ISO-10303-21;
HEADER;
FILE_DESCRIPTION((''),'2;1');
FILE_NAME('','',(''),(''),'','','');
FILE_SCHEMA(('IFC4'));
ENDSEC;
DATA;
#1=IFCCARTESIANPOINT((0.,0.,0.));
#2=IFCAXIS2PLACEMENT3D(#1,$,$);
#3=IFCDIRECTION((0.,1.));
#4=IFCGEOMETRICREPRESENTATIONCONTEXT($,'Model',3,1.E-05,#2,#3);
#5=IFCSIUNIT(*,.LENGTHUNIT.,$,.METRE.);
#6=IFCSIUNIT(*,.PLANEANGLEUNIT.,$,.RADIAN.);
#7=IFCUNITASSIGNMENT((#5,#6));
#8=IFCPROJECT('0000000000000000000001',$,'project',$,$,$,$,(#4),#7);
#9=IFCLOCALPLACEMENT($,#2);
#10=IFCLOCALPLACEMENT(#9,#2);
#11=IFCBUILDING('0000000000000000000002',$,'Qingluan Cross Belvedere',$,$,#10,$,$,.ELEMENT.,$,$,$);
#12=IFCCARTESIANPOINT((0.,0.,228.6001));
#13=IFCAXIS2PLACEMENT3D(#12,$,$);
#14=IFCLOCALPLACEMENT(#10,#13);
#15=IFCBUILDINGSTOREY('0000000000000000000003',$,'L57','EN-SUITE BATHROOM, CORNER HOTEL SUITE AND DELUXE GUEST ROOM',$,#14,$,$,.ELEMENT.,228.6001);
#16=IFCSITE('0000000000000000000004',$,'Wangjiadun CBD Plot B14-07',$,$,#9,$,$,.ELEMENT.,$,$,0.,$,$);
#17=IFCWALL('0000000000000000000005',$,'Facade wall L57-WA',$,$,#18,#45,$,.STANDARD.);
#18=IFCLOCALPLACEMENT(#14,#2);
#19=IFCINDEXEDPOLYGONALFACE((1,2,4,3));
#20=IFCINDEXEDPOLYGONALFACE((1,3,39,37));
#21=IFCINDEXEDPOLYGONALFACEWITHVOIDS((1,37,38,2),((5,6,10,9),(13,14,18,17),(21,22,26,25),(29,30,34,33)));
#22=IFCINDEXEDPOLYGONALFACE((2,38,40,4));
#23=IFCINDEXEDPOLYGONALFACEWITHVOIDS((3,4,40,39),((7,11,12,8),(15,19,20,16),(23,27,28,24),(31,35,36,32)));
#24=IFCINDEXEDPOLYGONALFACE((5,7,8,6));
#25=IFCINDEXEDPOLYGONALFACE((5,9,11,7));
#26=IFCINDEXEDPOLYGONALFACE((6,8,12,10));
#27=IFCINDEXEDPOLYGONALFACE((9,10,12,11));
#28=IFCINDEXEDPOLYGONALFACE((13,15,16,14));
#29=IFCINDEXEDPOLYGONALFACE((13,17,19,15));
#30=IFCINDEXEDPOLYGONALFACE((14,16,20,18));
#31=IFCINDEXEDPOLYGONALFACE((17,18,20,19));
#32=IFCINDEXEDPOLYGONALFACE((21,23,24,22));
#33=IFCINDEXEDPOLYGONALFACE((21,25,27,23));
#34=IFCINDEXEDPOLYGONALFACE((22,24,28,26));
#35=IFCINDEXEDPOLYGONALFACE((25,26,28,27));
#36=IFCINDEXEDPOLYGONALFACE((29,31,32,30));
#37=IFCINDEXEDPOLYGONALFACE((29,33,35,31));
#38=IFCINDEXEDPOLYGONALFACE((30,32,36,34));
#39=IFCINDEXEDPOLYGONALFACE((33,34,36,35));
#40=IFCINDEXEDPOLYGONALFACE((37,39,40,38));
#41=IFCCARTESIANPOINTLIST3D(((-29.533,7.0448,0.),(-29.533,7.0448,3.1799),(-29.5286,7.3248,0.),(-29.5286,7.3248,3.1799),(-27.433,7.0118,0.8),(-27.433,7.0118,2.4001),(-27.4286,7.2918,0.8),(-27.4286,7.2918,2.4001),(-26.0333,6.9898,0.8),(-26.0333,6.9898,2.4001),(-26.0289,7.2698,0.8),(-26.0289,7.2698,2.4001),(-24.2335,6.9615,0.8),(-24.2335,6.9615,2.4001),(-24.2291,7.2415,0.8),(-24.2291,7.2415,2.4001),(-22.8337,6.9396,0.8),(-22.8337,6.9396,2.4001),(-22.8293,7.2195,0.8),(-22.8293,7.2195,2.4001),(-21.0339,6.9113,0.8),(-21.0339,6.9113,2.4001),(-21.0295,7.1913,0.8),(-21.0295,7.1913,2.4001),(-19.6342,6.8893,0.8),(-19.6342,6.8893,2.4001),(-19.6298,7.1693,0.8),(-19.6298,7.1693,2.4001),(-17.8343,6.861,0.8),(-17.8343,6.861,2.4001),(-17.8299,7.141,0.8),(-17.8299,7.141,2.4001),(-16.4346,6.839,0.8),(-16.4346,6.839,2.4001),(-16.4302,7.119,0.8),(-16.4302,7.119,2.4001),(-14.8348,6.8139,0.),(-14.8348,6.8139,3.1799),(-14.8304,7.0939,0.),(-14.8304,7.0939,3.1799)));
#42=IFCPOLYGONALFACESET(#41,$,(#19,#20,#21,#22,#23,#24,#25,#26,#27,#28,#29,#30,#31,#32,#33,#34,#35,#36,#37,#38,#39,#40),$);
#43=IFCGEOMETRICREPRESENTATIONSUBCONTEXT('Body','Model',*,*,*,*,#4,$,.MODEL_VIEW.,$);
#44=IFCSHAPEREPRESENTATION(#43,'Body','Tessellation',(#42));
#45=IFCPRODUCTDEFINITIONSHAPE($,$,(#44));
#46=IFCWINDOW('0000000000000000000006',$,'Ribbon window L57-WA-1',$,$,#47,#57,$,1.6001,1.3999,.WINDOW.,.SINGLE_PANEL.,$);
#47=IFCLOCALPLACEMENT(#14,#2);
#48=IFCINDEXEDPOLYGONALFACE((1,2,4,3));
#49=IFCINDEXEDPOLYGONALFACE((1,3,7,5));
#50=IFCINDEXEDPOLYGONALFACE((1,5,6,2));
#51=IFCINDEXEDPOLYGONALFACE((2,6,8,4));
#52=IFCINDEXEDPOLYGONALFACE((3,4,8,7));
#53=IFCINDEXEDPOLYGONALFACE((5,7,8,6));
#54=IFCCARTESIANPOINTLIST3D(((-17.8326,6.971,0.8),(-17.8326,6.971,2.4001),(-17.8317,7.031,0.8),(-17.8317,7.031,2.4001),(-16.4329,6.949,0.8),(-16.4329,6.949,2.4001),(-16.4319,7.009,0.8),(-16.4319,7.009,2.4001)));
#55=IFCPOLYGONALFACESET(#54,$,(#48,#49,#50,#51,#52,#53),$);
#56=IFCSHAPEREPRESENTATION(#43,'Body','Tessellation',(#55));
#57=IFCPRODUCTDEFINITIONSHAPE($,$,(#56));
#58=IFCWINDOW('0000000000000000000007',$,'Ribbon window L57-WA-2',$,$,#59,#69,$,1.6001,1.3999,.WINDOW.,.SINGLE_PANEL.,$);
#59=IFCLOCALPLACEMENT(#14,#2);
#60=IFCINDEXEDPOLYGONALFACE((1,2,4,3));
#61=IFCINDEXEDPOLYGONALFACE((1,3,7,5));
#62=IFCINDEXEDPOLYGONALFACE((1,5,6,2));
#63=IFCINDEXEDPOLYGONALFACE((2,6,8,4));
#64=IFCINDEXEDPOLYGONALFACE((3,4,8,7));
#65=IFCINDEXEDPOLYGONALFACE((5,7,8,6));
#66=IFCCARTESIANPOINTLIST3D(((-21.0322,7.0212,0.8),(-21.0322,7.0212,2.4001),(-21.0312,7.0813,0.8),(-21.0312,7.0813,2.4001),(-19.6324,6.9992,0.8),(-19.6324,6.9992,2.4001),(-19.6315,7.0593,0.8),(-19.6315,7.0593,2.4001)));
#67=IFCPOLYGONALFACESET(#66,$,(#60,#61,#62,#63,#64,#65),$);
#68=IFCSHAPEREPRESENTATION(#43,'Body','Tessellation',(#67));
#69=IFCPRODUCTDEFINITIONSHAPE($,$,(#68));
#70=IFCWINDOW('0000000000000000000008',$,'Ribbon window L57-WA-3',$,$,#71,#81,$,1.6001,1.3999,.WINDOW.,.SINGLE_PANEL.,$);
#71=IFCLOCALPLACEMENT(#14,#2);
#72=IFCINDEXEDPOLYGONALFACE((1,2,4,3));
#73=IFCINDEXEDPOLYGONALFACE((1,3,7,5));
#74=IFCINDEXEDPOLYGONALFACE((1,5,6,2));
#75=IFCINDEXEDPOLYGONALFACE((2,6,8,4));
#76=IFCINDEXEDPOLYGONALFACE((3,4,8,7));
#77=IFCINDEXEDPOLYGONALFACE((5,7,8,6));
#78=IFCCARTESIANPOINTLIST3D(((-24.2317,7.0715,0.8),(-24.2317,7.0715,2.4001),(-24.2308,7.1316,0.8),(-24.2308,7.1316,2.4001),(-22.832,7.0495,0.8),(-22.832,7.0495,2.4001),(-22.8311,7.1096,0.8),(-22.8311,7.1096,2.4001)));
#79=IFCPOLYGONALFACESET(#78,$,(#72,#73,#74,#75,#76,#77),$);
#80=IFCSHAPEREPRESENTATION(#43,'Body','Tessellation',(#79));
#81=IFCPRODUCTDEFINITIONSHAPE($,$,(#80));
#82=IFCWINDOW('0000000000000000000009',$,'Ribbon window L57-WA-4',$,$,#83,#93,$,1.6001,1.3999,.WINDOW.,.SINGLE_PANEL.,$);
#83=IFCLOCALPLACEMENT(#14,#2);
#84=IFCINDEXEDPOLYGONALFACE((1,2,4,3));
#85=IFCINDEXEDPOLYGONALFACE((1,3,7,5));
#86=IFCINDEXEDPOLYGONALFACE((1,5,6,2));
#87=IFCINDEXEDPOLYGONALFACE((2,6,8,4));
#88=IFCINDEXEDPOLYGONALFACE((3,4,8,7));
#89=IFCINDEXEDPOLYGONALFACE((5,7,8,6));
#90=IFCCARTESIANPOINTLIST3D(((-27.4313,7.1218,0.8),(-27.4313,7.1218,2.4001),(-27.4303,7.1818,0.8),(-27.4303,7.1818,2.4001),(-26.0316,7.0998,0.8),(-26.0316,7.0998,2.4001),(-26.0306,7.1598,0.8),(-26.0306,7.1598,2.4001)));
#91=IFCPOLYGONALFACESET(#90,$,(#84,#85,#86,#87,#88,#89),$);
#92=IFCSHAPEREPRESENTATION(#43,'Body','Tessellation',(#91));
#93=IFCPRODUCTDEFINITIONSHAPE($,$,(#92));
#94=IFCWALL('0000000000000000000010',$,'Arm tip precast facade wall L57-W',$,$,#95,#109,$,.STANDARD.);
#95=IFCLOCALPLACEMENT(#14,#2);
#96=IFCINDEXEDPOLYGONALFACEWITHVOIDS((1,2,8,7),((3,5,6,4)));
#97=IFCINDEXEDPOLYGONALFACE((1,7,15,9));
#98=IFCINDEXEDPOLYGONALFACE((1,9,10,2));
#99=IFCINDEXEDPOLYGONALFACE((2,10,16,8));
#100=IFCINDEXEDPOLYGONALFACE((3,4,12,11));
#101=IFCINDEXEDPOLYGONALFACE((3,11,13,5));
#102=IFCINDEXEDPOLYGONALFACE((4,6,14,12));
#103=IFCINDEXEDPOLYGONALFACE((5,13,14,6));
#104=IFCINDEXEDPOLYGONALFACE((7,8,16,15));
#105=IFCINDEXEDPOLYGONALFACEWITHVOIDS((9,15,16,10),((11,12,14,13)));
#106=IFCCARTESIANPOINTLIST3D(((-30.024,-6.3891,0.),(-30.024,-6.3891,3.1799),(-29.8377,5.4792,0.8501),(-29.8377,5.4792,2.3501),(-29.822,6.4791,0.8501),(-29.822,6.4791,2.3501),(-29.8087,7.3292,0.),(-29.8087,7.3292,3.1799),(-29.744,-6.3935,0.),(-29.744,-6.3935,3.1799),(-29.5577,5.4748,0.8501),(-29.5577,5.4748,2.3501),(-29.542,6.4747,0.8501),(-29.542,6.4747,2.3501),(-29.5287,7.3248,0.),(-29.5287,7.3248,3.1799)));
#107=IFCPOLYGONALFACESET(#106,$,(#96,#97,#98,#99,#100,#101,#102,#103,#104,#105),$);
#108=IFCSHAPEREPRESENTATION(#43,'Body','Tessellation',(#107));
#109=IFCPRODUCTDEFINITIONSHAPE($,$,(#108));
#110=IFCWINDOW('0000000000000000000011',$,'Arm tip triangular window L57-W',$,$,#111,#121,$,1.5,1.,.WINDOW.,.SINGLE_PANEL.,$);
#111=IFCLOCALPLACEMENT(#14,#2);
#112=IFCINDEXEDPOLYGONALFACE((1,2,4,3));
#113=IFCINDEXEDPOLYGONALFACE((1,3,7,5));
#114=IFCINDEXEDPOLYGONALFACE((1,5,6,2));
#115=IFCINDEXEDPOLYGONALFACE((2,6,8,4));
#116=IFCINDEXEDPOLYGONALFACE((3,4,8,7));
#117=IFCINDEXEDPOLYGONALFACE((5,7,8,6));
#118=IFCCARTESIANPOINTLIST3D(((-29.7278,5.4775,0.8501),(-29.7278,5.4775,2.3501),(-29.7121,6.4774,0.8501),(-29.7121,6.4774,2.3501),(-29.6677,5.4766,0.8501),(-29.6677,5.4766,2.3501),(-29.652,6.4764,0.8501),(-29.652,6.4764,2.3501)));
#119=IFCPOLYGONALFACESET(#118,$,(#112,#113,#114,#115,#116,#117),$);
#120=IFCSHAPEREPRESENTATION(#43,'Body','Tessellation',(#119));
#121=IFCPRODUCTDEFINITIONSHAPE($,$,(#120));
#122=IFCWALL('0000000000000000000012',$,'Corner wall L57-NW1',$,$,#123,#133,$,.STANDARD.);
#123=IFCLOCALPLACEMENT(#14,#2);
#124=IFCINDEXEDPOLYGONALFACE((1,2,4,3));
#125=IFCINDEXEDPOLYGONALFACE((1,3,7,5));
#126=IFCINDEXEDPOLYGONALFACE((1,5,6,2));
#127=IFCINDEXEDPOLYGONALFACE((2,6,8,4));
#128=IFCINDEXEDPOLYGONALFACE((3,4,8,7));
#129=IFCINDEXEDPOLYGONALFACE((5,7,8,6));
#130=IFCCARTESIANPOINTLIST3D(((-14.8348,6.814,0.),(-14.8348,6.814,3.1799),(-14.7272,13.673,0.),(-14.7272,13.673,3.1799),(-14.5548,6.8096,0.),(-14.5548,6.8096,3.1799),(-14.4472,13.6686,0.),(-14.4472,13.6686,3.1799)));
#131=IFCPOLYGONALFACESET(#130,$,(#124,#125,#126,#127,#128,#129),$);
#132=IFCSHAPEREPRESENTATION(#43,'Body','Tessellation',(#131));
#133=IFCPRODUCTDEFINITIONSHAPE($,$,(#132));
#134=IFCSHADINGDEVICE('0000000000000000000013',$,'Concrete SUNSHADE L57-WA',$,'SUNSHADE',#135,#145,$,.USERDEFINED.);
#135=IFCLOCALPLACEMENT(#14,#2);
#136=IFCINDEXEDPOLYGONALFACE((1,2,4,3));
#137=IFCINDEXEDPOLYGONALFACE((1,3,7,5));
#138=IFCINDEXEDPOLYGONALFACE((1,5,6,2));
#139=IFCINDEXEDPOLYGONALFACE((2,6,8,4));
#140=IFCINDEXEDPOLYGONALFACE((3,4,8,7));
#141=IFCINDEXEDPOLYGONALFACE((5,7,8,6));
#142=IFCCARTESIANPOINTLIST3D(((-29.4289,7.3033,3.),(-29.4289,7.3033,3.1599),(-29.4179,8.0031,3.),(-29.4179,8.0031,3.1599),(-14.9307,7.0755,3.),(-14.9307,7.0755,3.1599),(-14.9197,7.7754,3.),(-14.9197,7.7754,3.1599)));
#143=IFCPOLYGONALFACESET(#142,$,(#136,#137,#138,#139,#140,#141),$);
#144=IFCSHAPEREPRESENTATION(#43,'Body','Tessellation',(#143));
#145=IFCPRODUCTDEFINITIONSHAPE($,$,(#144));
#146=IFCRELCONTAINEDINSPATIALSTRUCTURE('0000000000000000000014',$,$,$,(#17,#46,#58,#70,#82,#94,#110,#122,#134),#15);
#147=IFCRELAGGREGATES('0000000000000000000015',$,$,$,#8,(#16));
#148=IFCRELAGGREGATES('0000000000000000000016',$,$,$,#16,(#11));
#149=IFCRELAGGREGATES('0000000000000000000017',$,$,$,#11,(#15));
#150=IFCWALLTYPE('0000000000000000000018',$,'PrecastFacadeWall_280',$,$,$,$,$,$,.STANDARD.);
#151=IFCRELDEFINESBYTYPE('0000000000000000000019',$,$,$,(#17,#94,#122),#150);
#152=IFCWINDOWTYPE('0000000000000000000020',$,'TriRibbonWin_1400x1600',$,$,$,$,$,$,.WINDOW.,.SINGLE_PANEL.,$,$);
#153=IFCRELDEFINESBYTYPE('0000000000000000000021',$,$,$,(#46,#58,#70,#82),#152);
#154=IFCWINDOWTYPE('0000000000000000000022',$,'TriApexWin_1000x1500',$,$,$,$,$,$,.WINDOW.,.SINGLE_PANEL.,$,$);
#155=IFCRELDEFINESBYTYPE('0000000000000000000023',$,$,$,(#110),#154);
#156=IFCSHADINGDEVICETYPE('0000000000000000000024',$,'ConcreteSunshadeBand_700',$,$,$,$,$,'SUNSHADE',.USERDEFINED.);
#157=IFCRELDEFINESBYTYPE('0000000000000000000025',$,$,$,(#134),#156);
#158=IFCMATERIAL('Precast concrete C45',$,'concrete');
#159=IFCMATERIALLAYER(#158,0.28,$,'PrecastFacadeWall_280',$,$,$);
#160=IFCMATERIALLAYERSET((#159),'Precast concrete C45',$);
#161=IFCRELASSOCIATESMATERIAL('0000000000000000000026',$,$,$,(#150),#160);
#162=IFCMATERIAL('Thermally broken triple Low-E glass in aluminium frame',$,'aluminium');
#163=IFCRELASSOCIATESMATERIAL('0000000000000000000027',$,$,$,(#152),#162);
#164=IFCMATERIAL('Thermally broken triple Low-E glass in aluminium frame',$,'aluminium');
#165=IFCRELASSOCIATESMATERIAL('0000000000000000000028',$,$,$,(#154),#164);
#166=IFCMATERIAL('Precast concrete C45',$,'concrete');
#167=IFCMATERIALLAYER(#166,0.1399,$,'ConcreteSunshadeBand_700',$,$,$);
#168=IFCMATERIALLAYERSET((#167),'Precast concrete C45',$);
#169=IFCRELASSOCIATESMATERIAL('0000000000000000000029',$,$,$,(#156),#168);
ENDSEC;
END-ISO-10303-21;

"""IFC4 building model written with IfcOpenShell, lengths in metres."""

from ifc_helpers import new_model, si_unit, direction, frame, frame_2d, origin, origin_2d, place, context, subcontext, project, spatial, rectangle, extrude, material, layer, layer_set, type_object, element, fill, save


model = new_model("IFC4")

# Units and contexts
model_context = context("Model", 3, precision=1e-05, world=origin(), true_north=direction((0.0, 1.0)))
body_context = subcontext(model_context, "Body", "Model", "MODEL_VIEW")
ifc_project = project(units=[si_unit("LENGTHUNIT", "METRE"), si_unit("PLANEANGLEUNIT", "RADIAN")], contexts=[model_context])

# Site, building, storey
site_placement = place(None, origin())
site = spatial("IfcSite", under=ifc_project, at=site_placement, Name="Wangjiadun CBD Plot B14-07", CompositionType="ELEMENT", RefElevation=0.0)
building_placement = place(site_placement, origin())
building = spatial("IfcBuilding", under=site, at=building_placement, Name="Qingluan Cross Belvedere", CompositionType="ELEMENT")
storey_placement = place(building_placement, frame((0.0, 0.0, 228.6001)))
storey = spatial("IfcBuildingStorey", under=building, at=storey_placement, Name="L57", Description="EN-SUITE BATHROOM, CORNER HOTEL SUITE AND DELUXE GUEST ROOM", CompositionType="ELEMENT", Elevation=228.6001)

# Wall, openings, windows
ifc_material_1 = material(Name="Precast concrete C45", Category="concrete")
ifc_layer_1 = layer(ifc_material_1, 0.28, Name="PrecastFacadeWall_280")
ifc_layer_set_1 = layer_set([ifc_layer_1], Name="Precast concrete C45")
wall_type_1 = type_object("IfcWallType", Name="PrecastFacadeWall_280", PredefinedType="STANDARD", material=ifc_layer_set_1)
wall_1_placement = place(storey_placement, frame((-14.8325, 6.9539, 0.0), z_axis=(0.0, 0.0, 1.0), x_axis=(-0.999877, 0.015711, 0.0)))
wall_1 = element("IfcWall", 1, at=wall_1_placement, inside=storey, type_object=wall_type_1, Name="Facade wall L57-WA", PredefinedType="STANDARD", context=body_context, shape_type="SweptSolid", body=[
    extrude(rectangle(XDim=14.7, YDim=0.28, at=frame_2d((7.3501, 0.0))), origin(), (0.0, 0.0, 1.0), 3.1799),
])
opening_1_placement = place(wall_1_placement, frame((1.6001, 0.0, 0.8)))
opening_1 = element("IfcOpeningElement", 2, at=opening_1_placement, cuts=wall_1, PredefinedType="OPENING", context=body_context, shape_type="SweptSolid", body=[
    extrude(rectangle(XDim=1.3999, YDim=1.6001, at=frame_2d((0.7, 0.8))), frame((0.0, 0.1499, 0.0), z_axis=(0.0, -1.0, 0.0), x_axis=(1.0, 0.0, 0.0)), (0.0, 0.0, 1.0), 0.3),
])
opening_2_placement = place(wall_1_placement, frame((4.8, 0.0, 0.8)))
opening_2 = element("IfcOpeningElement", 3, at=opening_2_placement, cuts=wall_1, PredefinedType="OPENING", context=body_context, shape_type="SweptSolid", body=[
    extrude(rectangle(XDim=1.3999, YDim=1.6001, at=frame_2d((0.7, 0.8))), frame((0.0, 0.1499, 0.0), z_axis=(0.0, -1.0, 0.0), x_axis=(1.0, 0.0, 0.0)), (0.0, 0.0, 1.0), 0.3),
])
opening_3_placement = place(wall_1_placement, frame((8.0, 0.0, 0.8)))
opening_3 = element("IfcOpeningElement", 4, at=opening_3_placement, cuts=wall_1, PredefinedType="OPENING", context=body_context, shape_type="SweptSolid", body=[
    extrude(rectangle(XDim=1.3999, YDim=1.6001, at=frame_2d((0.7, 0.8))), frame((0.0, 0.1499, 0.0), z_axis=(0.0, -1.0, 0.0), x_axis=(1.0, 0.0, 0.0)), (0.0, 0.0, 1.0), 0.3),
])
opening_4_placement = place(wall_1_placement, frame((11.2, 0.0, 0.8)))
opening_4 = element("IfcOpeningElement", 5, at=opening_4_placement, cuts=wall_1, PredefinedType="OPENING", context=body_context, shape_type="SweptSolid", body=[
    extrude(rectangle(XDim=1.3999, YDim=1.6001, at=frame_2d((0.7, 0.8))), frame((0.0, 0.1499, 0.0), z_axis=(0.0, -1.0, 0.0), x_axis=(1.0, 0.0, 0.0)), (0.0, 0.0, 1.0), 0.3),
])
ifc_material_2 = material(Name="Thermally broken triple Low-E glass in aluminium frame", Category="aluminium")
window_type_1 = type_object("IfcWindowType", Name="TriRibbonWin_1400x1600", PartitioningType="SINGLE_PANEL", PredefinedType="WINDOW", material=ifc_material_2)
window_1_placement = place(opening_1_placement, origin())
window_1 = element("IfcWindow", 6, at=window_1_placement, inside=storey, type_object=window_type_1, Name="Ribbon window L57-WA-1", OverallHeight=1.6001, OverallWidth=1.3999, PartitioningType="SINGLE_PANEL", PredefinedType="WINDOW", context=body_context, shape_type="SweptSolid", body=[
    extrude(rectangle(XDim=1.3999, YDim=1.6001, at=frame_2d((0.7, 0.8))), frame((0.0, 0.03, 0.0), z_axis=(0.0, -1.0, 0.0), x_axis=(1.0, 0.0, 0.0)), (0.0, 0.0, 1.0), 0.0601),
])
fill(opening_1, window_1)
window_2_placement = place(opening_2_placement, origin())
window_2 = element("IfcWindow", 7, at=window_2_placement, inside=storey, type_object=window_type_1, Name="Ribbon window L57-WA-2", OverallHeight=1.6001, OverallWidth=1.3999, PartitioningType="SINGLE_PANEL", PredefinedType="WINDOW", context=body_context, shape_type="SweptSolid", body=[
    extrude(rectangle(XDim=1.3999, YDim=1.6001, at=frame_2d((0.7, 0.8))), frame((0.0, 0.03, 0.0), z_axis=(0.0, -1.0, 0.0), x_axis=(1.0, 0.0, 0.0)), (0.0, 0.0, 1.0), 0.0601),
])
fill(opening_2, window_2)
window_3_placement = place(opening_3_placement, origin())
window_3 = element("IfcWindow", 8, at=window_3_placement, inside=storey, type_object=window_type_1, Name="Ribbon window L57-WA-3", OverallHeight=1.6001, OverallWidth=1.3999, PartitioningType="SINGLE_PANEL", PredefinedType="WINDOW", context=body_context, shape_type="SweptSolid", body=[
    extrude(rectangle(XDim=1.3999, YDim=1.6001, at=frame_2d((0.7, 0.8))), frame((0.0, 0.03, 0.0), z_axis=(0.0, -1.0, 0.0), x_axis=(1.0, 0.0, 0.0)), (0.0, 0.0, 1.0), 0.0601),
])
fill(opening_3, window_3)
window_4_placement = place(opening_4_placement, origin())
window_4 = element("IfcWindow", 9, at=window_4_placement, inside=storey, type_object=window_type_1, Name="Ribbon window L57-WA-4", OverallHeight=1.6001, OverallWidth=1.3999, PartitioningType="SINGLE_PANEL", PredefinedType="WINDOW", context=body_context, shape_type="SweptSolid", body=[
    extrude(rectangle(XDim=1.3999, YDim=1.6001, at=frame_2d((0.7, 0.8))), frame((0.0, 0.03, 0.0), z_axis=(0.0, -1.0, 0.0), x_axis=(1.0, 0.0, 0.0)), (0.0, 0.0, 1.0), 0.0601),
])
fill(opening_4, window_4)

# Wall, opening, window
wall_2_placement = place(storey_placement, frame((-29.6687, 7.3269, 0.0), z_axis=(0.0, 0.0, 1.0), x_axis=(-0.015695, -0.999877, 0.0)))
wall_2 = element("IfcWall", 10, at=wall_2_placement, inside=storey, type_object=wall_type_1, Name="Arm tip precast facade wall L57-W", PredefinedType="STANDARD", context=body_context, shape_type="SweptSolid", body=[
    extrude(rectangle(XDim=13.72, YDim=0.28, at=frame_2d((6.8599, 0.0))), origin(), (0.0, 0.0, 1.0), 3.1799),
])
opening_5_placement = place(wall_2_placement, frame((0.8501, 0.0, 0.8501)))
opening_5 = element("IfcOpeningElement", 11, at=opening_5_placement, cuts=wall_2, PredefinedType="OPENING", context=body_context, shape_type="SweptSolid", body=[
    extrude(rectangle(XDim=1.0, YDim=1.5, at=frame_2d((0.5, 0.75))), frame((0.0, 0.1499, 0.0), z_axis=(0.0, -1.0, 0.0), x_axis=(1.0, 0.0, 0.0)), (0.0, 0.0, 1.0), 0.3),
])
ifc_material_3 = material(Name="Thermally broken triple Low-E glass in aluminium frame", Category="aluminium")
window_type_2 = type_object("IfcWindowType", Name="TriApexWin_1000x1500", PartitioningType="SINGLE_PANEL", PredefinedType="WINDOW", material=ifc_material_3)
window_5_placement = place(opening_5_placement, origin())
window_5 = element("IfcWindow", 12, at=window_5_placement, inside=storey, type_object=window_type_2, Name="Arm tip triangular window L57-W", OverallHeight=1.5, OverallWidth=1.0, PartitioningType="SINGLE_PANEL", PredefinedType="WINDOW", context=body_context, shape_type="SweptSolid", body=[
    extrude(rectangle(XDim=1.0, YDim=1.5, at=frame_2d((0.5, 0.75))), frame((0.0, 0.03, 0.0), z_axis=(0.0, -1.0, 0.0), x_axis=(1.0, 0.0, 0.0)), (0.0, 0.0, 1.0), 0.0601),
])
fill(opening_5, window_5)

# Wall
wall_3_placement = place(storey_placement, frame((-14.6948, 6.8118, 0.0), z_axis=(0.0, 0.0, 1.0), x_axis=(0.015695, 0.999877, 0.0)))
element("IfcWall", 13, at=wall_3_placement, inside=storey, type_object=wall_type_1, Name="Corner wall L57-NW1", PredefinedType="STANDARD", context=body_context, shape_type="SweptSolid", body=[
    extrude(rectangle(XDim=6.8599, YDim=0.28, at=frame_2d((3.4299, 0.0))), origin(), (0.0, 0.0, 1.0), 3.1799),
])

# Shading device
ifc_material_4 = material(Name="Precast concrete C45", Category="concrete")
ifc_layer_2 = layer(ifc_material_4, 0.1399, Name="ConcreteSunshadeBand_700")
ifc_layer_set_2 = layer_set([ifc_layer_2], Name="Precast concrete C45")
shading_device_type = type_object("IfcShadingDeviceType", Name="ConcreteSunshadeBand_700", ElementType="SUNSHADE", PredefinedType="USERDEFINED", material=ifc_layer_set_2)
shading_device_placement = place(storey_placement, frame((-22.1743, 7.5393, 3.0), z_axis=(0.0, 0.0, 1.0), x_axis=(-0.999877, 0.015707, 0.0)))
element("IfcShadingDevice", 14, at=shading_device_placement, inside=storey, type_object=shading_device_type, Name="Concrete SUNSHADE L57-WA", ObjectType="SUNSHADE", PredefinedType="USERDEFINED", context=body_context, shape_type="SweptSolid", body=[
    extrude(rectangle(XDim=14.5, YDim=0.7, at=origin_2d()), origin(), (0.0, 0.0, 1.0), 0.1599),
])

save(model, "model.ifc")
